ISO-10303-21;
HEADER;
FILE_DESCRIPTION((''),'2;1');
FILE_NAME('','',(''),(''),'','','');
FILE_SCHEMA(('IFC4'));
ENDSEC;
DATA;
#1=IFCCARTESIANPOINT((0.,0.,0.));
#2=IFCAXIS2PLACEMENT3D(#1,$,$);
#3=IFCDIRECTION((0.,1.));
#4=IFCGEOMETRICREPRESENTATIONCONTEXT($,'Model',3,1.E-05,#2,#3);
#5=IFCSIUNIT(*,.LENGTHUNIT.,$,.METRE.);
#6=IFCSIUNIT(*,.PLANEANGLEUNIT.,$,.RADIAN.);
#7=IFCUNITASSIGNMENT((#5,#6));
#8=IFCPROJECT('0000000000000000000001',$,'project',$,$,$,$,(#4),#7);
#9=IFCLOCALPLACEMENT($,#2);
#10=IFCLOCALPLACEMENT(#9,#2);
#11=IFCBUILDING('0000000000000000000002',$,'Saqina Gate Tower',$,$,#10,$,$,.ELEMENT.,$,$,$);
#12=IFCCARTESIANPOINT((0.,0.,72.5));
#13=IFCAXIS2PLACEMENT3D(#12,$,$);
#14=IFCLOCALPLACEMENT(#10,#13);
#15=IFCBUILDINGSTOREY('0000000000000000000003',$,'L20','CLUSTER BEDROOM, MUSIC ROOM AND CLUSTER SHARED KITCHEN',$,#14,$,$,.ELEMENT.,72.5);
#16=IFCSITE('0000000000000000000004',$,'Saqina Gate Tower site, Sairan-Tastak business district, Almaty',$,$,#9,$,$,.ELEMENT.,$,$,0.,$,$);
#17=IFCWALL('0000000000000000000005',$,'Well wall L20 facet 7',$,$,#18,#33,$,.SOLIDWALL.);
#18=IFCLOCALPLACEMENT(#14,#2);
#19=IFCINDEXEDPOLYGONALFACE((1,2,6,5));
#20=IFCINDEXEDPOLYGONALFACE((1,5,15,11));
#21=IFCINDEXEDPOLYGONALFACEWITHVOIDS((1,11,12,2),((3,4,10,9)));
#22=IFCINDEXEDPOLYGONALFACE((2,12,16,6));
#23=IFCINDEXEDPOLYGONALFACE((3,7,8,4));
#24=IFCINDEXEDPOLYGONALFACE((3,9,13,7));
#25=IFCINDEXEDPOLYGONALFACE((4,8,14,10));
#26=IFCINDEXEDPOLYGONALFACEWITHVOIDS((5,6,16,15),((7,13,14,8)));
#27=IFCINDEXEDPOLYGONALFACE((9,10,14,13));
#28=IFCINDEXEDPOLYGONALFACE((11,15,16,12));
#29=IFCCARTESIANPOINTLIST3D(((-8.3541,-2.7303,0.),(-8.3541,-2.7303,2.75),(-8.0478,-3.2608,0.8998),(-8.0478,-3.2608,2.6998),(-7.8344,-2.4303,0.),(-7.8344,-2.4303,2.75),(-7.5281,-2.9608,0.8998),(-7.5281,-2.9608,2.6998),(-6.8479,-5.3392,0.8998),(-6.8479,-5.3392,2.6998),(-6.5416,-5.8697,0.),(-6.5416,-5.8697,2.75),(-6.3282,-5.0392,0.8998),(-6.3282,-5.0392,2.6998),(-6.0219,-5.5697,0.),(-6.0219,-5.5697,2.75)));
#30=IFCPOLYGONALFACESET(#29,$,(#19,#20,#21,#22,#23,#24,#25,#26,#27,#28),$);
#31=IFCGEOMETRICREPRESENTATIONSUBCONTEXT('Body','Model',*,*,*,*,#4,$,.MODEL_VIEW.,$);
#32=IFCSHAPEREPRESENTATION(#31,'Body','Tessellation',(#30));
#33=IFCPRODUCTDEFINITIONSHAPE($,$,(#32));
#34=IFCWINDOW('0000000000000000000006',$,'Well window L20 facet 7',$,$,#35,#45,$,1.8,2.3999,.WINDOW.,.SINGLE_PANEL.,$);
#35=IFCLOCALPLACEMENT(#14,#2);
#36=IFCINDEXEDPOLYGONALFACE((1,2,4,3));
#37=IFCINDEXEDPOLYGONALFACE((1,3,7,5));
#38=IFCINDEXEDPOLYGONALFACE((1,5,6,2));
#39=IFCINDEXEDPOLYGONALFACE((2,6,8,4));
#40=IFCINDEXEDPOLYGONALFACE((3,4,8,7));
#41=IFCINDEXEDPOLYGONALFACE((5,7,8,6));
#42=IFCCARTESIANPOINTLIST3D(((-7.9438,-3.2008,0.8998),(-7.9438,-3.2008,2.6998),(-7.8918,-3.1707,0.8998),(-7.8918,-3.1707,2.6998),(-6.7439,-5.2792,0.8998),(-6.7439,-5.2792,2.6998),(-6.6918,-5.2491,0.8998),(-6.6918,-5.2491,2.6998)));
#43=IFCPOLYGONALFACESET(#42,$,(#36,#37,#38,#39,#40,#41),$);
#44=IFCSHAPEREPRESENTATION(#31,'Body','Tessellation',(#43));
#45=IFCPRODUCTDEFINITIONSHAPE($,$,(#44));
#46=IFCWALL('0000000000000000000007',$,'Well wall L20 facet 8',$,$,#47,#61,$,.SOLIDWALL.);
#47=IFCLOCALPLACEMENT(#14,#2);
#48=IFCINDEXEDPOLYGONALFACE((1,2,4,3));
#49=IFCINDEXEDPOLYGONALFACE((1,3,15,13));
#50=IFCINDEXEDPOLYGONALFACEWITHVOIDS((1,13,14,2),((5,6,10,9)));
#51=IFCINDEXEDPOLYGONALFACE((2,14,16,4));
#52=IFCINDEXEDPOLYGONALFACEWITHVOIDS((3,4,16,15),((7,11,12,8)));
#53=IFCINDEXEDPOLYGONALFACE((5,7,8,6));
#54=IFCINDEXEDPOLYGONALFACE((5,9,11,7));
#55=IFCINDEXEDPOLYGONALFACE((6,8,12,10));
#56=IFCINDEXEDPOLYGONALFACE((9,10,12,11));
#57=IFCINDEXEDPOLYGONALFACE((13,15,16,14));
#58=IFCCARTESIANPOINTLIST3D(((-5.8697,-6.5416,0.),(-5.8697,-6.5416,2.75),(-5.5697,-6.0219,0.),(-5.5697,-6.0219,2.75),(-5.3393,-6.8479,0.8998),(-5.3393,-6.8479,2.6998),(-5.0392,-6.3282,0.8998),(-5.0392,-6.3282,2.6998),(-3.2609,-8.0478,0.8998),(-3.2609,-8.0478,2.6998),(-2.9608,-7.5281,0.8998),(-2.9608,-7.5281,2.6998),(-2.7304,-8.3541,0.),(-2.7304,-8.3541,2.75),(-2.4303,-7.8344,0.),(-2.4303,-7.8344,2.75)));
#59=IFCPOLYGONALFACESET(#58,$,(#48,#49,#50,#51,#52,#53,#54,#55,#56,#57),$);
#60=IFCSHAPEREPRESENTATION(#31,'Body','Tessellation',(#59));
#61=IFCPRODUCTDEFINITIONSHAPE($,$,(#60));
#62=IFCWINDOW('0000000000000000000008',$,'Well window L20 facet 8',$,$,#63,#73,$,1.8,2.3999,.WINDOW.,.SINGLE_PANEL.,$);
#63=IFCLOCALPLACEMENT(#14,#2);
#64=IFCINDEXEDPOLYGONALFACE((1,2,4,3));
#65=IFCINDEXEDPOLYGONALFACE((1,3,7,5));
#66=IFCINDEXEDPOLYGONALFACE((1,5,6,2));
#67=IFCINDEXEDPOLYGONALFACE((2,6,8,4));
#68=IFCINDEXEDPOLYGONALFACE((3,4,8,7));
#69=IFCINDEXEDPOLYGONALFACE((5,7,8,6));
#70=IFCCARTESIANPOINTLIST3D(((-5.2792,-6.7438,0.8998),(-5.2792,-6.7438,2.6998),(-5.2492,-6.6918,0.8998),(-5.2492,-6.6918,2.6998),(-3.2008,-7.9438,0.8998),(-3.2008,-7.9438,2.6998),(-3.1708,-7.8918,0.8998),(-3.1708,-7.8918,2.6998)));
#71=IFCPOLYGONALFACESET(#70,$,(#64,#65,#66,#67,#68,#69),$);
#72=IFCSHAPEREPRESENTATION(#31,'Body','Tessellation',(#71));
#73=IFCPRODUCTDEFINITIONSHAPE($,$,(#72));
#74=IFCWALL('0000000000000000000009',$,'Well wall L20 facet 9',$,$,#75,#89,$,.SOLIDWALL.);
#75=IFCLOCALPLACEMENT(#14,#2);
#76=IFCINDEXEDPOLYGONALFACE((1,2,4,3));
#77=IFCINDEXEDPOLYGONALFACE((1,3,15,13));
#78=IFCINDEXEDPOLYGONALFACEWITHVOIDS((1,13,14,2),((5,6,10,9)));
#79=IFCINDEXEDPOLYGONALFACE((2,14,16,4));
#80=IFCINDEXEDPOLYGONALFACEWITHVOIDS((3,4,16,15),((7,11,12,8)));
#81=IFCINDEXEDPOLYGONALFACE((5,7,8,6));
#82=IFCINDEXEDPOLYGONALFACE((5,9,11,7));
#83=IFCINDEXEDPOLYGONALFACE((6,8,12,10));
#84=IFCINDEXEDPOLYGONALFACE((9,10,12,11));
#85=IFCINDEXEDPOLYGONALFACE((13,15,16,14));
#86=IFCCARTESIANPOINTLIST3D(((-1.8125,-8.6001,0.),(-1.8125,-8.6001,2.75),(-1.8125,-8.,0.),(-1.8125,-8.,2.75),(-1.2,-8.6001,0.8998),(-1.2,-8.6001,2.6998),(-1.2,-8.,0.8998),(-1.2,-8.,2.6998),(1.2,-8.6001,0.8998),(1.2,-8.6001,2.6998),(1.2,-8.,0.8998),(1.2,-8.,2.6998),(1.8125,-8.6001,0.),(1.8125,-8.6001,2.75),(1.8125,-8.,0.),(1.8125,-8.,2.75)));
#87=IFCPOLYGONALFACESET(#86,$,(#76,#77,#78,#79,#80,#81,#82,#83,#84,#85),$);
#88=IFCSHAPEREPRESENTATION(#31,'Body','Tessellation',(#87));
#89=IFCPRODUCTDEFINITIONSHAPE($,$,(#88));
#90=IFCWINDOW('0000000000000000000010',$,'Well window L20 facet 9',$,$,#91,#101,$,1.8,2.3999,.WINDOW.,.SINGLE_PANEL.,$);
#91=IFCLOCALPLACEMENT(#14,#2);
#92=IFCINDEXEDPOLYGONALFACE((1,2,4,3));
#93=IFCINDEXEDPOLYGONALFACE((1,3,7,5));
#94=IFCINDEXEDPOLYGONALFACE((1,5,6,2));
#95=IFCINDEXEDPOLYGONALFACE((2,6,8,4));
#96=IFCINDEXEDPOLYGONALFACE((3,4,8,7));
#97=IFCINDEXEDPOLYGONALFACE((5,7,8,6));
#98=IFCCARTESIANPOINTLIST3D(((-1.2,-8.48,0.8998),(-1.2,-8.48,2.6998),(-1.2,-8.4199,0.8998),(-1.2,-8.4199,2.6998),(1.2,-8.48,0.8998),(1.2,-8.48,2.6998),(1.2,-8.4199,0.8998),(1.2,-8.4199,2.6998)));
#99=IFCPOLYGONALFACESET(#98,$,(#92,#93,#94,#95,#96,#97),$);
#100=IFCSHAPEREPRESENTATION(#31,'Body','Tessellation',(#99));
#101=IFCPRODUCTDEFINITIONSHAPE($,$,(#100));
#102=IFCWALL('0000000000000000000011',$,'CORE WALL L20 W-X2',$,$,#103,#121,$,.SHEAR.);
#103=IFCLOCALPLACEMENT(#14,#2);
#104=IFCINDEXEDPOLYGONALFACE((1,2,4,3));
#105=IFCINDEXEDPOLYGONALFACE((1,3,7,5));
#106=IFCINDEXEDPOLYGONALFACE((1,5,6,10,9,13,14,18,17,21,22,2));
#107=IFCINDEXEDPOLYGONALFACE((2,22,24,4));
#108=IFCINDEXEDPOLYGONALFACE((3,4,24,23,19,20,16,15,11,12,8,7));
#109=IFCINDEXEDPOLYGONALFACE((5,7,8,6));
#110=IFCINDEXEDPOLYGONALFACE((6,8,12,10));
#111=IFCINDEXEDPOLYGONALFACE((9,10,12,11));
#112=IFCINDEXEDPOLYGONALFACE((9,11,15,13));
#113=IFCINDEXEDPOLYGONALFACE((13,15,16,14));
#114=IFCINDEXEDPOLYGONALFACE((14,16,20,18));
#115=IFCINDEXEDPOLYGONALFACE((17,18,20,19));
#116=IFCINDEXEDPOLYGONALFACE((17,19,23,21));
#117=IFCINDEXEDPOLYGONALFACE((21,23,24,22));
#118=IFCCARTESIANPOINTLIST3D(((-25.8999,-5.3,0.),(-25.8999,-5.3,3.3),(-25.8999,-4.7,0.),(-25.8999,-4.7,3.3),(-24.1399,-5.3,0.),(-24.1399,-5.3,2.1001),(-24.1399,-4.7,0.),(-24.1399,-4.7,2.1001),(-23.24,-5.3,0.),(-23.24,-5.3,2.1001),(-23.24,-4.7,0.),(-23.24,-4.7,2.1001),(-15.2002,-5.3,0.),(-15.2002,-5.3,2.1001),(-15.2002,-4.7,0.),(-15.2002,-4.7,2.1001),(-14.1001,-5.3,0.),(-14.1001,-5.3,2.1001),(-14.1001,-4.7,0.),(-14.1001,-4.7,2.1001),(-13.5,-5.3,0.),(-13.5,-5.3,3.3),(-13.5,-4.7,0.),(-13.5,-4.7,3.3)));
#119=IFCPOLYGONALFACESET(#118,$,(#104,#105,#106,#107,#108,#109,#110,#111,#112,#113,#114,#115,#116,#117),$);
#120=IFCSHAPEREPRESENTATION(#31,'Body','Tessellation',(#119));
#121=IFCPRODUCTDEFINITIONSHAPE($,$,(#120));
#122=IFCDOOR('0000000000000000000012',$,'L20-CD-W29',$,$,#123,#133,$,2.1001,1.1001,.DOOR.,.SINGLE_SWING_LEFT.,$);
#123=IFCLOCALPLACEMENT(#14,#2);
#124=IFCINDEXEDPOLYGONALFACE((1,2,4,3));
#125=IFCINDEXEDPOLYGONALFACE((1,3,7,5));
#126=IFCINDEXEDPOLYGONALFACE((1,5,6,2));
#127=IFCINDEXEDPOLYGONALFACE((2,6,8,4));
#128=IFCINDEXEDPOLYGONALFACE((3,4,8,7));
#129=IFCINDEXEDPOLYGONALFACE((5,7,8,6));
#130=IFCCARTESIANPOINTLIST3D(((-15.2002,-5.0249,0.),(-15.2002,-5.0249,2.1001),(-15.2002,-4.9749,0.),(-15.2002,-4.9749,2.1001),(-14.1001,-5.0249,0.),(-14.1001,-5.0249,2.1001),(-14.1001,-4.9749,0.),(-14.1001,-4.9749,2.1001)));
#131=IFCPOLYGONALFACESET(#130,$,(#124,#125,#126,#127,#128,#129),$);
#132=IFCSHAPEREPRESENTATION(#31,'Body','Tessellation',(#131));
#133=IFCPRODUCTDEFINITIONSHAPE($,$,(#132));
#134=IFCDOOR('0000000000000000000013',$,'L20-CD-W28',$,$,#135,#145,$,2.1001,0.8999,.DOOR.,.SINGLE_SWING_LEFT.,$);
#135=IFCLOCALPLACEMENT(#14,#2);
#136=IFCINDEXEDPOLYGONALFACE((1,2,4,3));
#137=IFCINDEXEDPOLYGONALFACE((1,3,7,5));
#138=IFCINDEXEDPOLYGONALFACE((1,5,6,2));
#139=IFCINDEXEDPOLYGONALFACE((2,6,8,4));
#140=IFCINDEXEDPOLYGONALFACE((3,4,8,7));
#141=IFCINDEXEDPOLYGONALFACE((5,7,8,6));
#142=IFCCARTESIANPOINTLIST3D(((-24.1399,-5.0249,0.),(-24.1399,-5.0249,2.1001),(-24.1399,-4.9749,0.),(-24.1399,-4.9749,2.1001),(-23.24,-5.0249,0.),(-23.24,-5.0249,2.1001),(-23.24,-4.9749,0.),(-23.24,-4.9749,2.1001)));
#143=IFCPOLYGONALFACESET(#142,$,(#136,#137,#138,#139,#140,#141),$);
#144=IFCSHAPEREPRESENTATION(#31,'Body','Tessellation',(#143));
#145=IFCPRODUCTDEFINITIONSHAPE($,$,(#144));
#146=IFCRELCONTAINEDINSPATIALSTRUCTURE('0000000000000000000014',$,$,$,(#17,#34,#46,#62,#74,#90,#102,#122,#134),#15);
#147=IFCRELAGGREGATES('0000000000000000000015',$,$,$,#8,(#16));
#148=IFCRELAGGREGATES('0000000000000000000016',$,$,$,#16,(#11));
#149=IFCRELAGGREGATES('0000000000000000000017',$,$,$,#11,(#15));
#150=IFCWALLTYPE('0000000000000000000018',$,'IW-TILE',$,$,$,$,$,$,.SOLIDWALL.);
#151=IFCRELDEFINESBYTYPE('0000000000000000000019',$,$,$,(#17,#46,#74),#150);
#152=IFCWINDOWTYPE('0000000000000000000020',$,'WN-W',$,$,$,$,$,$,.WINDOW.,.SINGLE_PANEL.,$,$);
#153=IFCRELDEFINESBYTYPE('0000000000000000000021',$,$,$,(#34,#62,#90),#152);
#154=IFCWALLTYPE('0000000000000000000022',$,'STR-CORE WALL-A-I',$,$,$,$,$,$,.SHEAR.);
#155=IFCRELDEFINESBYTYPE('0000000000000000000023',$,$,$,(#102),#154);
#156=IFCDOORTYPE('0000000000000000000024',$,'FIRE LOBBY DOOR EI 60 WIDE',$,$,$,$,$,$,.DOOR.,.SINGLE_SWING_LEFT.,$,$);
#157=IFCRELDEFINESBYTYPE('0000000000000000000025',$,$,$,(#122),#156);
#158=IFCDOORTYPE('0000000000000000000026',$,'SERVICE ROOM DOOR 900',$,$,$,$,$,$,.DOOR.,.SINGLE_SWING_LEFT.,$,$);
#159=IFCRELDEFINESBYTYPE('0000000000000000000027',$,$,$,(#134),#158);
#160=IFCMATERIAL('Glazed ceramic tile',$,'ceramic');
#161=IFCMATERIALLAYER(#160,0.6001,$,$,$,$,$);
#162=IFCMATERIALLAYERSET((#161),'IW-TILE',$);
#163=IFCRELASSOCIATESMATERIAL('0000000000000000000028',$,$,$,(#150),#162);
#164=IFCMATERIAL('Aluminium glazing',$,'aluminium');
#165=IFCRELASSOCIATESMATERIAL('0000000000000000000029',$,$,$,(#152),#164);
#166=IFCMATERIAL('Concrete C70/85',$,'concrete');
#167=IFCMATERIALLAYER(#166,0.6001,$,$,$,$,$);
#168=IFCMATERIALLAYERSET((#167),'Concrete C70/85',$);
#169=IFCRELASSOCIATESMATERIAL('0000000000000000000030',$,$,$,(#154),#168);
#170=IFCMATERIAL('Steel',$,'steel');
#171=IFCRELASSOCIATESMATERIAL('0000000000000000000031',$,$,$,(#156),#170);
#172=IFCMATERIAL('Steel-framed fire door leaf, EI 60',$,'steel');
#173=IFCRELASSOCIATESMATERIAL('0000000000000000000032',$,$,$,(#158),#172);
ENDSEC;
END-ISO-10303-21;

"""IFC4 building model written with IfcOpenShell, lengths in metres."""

from ifc_helpers import new_model, si_unit, direction, frame, frame_2d, origin, place, context, subcontext, project, spatial, rectangle, extrude, material, layer, layer_set, type_object, element, fill, save


model = new_model("IFC4")

# Units and contexts
model_context = context("Model", 3, precision=1e-05, world=origin(), true_north=direction((0.0, 1.0)))
body_context = subcontext(model_context, "Body", "Model", "MODEL_VIEW")
ifc_project = project(units=[si_unit("LENGTHUNIT", "METRE"), si_unit("PLANEANGLEUNIT", "RADIAN")], contexts=[model_context])

# Site, building, storey
site_placement = place(None, origin())
site = spatial("IfcSite", under=ifc_project, at=site_placement, Name="Saqina Gate Tower site, Sairan-Tastak business district, Almaty", CompositionType="ELEMENT", RefElevation=0.0)
building_placement = place(site_placement, origin())
building = spatial("IfcBuilding", under=site, at=building_placement, Name="Saqina Gate Tower", CompositionType="ELEMENT")
storey_placement = place(building_placement, frame((0.0, 0.0, 72.5)))
storey = spatial("IfcBuildingStorey", under=building, at=storey_placement, Name="L20", Description="CLUSTER BEDROOM, MUSIC ROOM AND CLUSTER SHARED KITCHEN", CompositionType="ELEMENT", Elevation=72.5)

# Walls, openings, windows
ifc_material_1 = material(Name="Glazed ceramic tile", Category="ceramic")
ifc_layer_1 = layer(ifc_material_1, 0.6001)
ifc_layer_set_1 = layer_set([ifc_layer_1], Name="IW-TILE")
wall_type_1 = type_object("IfcWallType", Name="IW-TILE", PredefinedType="SOLIDWALL", material=ifc_layer_set_1)
wall_1_placement = place(storey_placement, frame((-8.0942, -2.5803, 0.0), z_axis=(0.0, 0.0, 1.0), x_axis=(0.499993, -0.86603, 0.0)))
wall_1 = element("IfcWall", 1, at=wall_1_placement, inside=storey, type_object=wall_type_1, Name="Well wall L20 facet 7", PredefinedType="SOLIDWALL", context=body_context, shape_type="SweptSolid", body=[
    extrude(rectangle(XDim=3.625, YDim=0.6001, at=frame_2d((1.8125, 0.0))), origin(), (0.0, 0.0, 1.0), 2.75),
])
opening_1_placement = place(wall_1_placement, frame((0.6125, 0.0, 0.8999)))
opening_1 = element("IfcOpeningElement", 2, at=opening_1_placement, cuts=wall_1, PredefinedType="OPENING", context=body_context, shape_type="SweptSolid", body=[
    extrude(rectangle(XDim=2.3999, YDim=1.8, at=frame_2d((1.2, 0.8999))), frame((0.0, 0.312, 0.0), z_axis=(0.0, -1.0, 0.0), x_axis=(1.0, 0.0, 0.0)), (0.0, 0.0, 1.0), 0.624),
])
ifc_material_2 = material(Name="Aluminium glazing", Category="aluminium")
window_type = type_object("IfcWindowType", Name="WN-W", PartitioningType="SINGLE_PANEL", PredefinedType="WINDOW", material=ifc_material_2)
window_1_placement = place(opening_1_placement, origin())
window_1 = element("IfcWindow", 3, at=window_1_placement, inside=storey, type_object=window_type, Name="Well window L20 facet 7", OverallHeight=1.8, OverallWidth=2.3999, PartitioningType="SINGLE_PANEL", PredefinedType="WINDOW", context=body_context, shape_type="SweptSolid", body=[
    extrude(rectangle(XDim=2.3999, YDim=1.8, at=frame_2d((1.2, 0.8999))), frame((0.0, -0.1199, 0.0), z_axis=(0.0, -1.0, 0.0), x_axis=(1.0, 0.0, 0.0)), (0.0, 0.0, 1.0), 0.0601),
])
fill(opening_1, window_1)
wall_2_placement = place(storey_placement, frame((-5.7197, -6.2817, 0.0), z_axis=(0.0, 0.0, 1.0), x_axis=(0.86603, -0.499993, 0.0)))
wall_2 = element("IfcWall", 4, at=wall_2_placement, inside=storey, type_object=wall_type_1, Name="Well wall L20 facet 8", PredefinedType="SOLIDWALL", context=body_context, shape_type="SweptSolid", body=[
    extrude(rectangle(XDim=3.625, YDim=0.6001, at=frame_2d((1.8125, 0.0))), origin(), (0.0, 0.0, 1.0), 2.75),
])
opening_2_placement = place(wall_2_placement, frame((0.6125, 0.0, 0.8999)))
opening_2 = element("IfcOpeningElement", 5, at=opening_2_placement, cuts=wall_2, PredefinedType="OPENING", context=body_context, shape_type="SweptSolid", body=[
    extrude(rectangle(XDim=2.3999, YDim=1.8, at=frame_2d((1.2, 0.8999))), frame((0.0, 0.312, 0.0), z_axis=(0.0, -1.0, 0.0), x_axis=(1.0, 0.0, 0.0)), (0.0, 0.0, 1.0), 0.624),
])
window_2_placement = place(opening_2_placement, origin())
window_2 = element("IfcWindow", 6, at=window_2_placement, inside=storey, type_object=window_type, Name="Well window L20 facet 8", OverallHeight=1.8, OverallWidth=2.3999, PartitioningType="SINGLE_PANEL", PredefinedType="WINDOW", context=body_context, shape_type="SweptSolid", body=[
    extrude(rectangle(XDim=2.3999, YDim=1.8, at=frame_2d((1.2, 0.8999))), frame((0.0, -0.1199, 0.0), z_axis=(0.0, -1.0, 0.0), x_axis=(1.0, 0.0, 0.0)), (0.0, 0.0, 1.0), 0.0601),
])
fill(opening_2, window_2)
wall_3_placement = place(storey_placement, frame((-1.8125, -8.3, 0.0), z_axis=(0.0, 0.0, 1.0), x_axis=(1.0, 0.0, 0.0)))
wall_3 = element("IfcWall", 7, at=wall_3_placement, inside=storey, type_object=wall_type_1, Name="Well wall L20 facet 9", PredefinedType="SOLIDWALL", context=body_context, shape_type="SweptSolid", body=[
    extrude(rectangle(XDim=3.625, YDim=0.6001, at=frame_2d((1.8125, 0.0))), origin(), (0.0, 0.0, 1.0), 2.75),
])
opening_3_placement = place(wall_3_placement, frame((0.6125, 0.0, 0.8999)))
opening_3 = element("IfcOpeningElement", 8, at=opening_3_placement, cuts=wall_3, PredefinedType="OPENING", context=body_context, shape_type="SweptSolid", body=[
    extrude(rectangle(XDim=2.3999, YDim=1.8, at=frame_2d((1.2, 0.8999))), frame((0.0, 0.312, 0.0), z_axis=(0.0, -1.0, 0.0), x_axis=(1.0, 0.0, 0.0)), (0.0, 0.0, 1.0), 0.624),
])
window_3_placement = place(opening_3_placement, origin())
window_3 = element("IfcWindow", 9, at=window_3_placement, inside=storey, type_object=window_type, Name="Well window L20 facet 9", OverallHeight=1.8, OverallWidth=2.3999, PartitioningType="SINGLE_PANEL", PredefinedType="WINDOW", context=body_context, shape_type="SweptSolid", body=[
    extrude(rectangle(XDim=2.3999, YDim=1.8, at=frame_2d((1.2, 0.8999))), frame((0.0, -0.1199, 0.0), z_axis=(0.0, -1.0, 0.0), x_axis=(1.0, 0.0, 0.0)), (0.0, 0.0, 1.0), 0.0601),
])
fill(opening_3, window_3)

# Wall, openings, doors
ifc_material_3 = material(Name="Concrete C70/85", Category="concrete")
ifc_layer_2 = layer(ifc_material_3, 0.6001)
ifc_layer_set_2 = layer_set([ifc_layer_2], Name="Concrete C70/85")
wall_type_2 = type_object("IfcWallType", Name="STR-CORE WALL-A-I", PredefinedType="SHEAR", material=ifc_layer_set_2)
wall_4_placement = place(storey_placement, frame((-13.5, -5.0, 0.0), z_axis=(0.0, 0.0, 1.0), x_axis=(-1.0, 0.0, 0.0)))
wall_4 = element("IfcWall", 10, at=wall_4_placement, inside=storey, type_object=wall_type_2, Name="CORE WALL L20 W-X2", PredefinedType="SHEAR", context=body_context, shape_type="SweptSolid", body=[
    extrude(rectangle(XDim=12.3999, YDim=0.6001, at=frame_2d((6.2, 0.0))), origin(), (0.0, 0.0, 1.0), 3.3),
])
opening_4_placement = place(wall_4_placement, frame((9.74, 0.0, 0.0)))
opening_4 = element("IfcOpeningElement", 11, at=opening_4_placement, cuts=wall_4, PredefinedType="OPENING", context=body_context, shape_type="SweptSolid", body=[
    extrude(rectangle(XDim=0.8999, YDim=2.1001, at=frame_2d((0.45, 1.05))), frame((0.0, 0.312, 0.0), z_axis=(0.0, -1.0, 0.0), x_axis=(1.0, 0.0, 0.0)), (0.0, 0.0, 1.0), 0.624),
])
opening_5_placement = place(wall_4_placement, frame((0.6001, 0.0, 0.0)))
opening_5 = element("IfcOpeningElement", 12, at=opening_5_placement, cuts=wall_4, PredefinedType="OPENING", context=body_context, shape_type="SweptSolid", body=[
    extrude(rectangle(XDim=1.1001, YDim=2.1001, at=frame_2d((0.55, 1.05))), frame((0.0, 0.312, 0.0), z_axis=(0.0, -1.0, 0.0), x_axis=(1.0, 0.0, 0.0)), (0.0, 0.0, 1.0), 0.624),
])
ifc_material_4 = material(Name="Steel", Category="steel")
door_type_1 = type_object("IfcDoorType", Name="FIRE LOBBY DOOR EI 60 WIDE", OperationType="SINGLE_SWING_LEFT", PredefinedType="DOOR", material=ifc_material_4)
door_1_placement = place(opening_5_placement, origin())
door_1 = element("IfcDoor", 13, at=door_1_placement, inside=storey, type_object=door_type_1, Name="L20-CD-W29", OperationType="SINGLE_SWING_LEFT", OverallHeight=2.1001, OverallWidth=1.1001, PredefinedType="DOOR", context=body_context, shape_type="SweptSolid", body=[
    extrude(rectangle(XDim=1.1001, YDim=2.1001, at=frame_2d((0.55, 1.05))), frame((0.0, 0.0249, 0.0), z_axis=(0.0, -1.0, 0.0), x_axis=(1.0, 0.0, 0.0)), (0.0, 0.0, 1.0), 0.05),
])
fill(opening_5, door_1)
ifc_material_5 = material(Name="Steel-framed fire door leaf, EI 60", Category="steel")
door_type_2 = type_object("IfcDoorType", Name="SERVICE ROOM DOOR 900", OperationType="SINGLE_SWING_LEFT", PredefinedType="DOOR", material=ifc_material_5)
door_2_placement = place(opening_4_placement, origin())
door_2 = element("IfcDoor", 14, at=door_2_placement, inside=storey, type_object=door_type_2, Name="L20-CD-W28", OperationType="SINGLE_SWING_LEFT", OverallHeight=2.1001, OverallWidth=0.8999, PredefinedType="DOOR", context=body_context, shape_type="SweptSolid", body=[
    extrude(rectangle(XDim=0.8999, YDim=2.1001, at=frame_2d((0.45, 1.05))), frame((0.0, 0.0249, 0.0), z_axis=(0.0, -1.0, 0.0), x_axis=(1.0, 0.0, 0.0)), (0.0, 0.0, 1.0), 0.05),
])
fill(opening_4, door_2)

save(model, "model.ifc")
